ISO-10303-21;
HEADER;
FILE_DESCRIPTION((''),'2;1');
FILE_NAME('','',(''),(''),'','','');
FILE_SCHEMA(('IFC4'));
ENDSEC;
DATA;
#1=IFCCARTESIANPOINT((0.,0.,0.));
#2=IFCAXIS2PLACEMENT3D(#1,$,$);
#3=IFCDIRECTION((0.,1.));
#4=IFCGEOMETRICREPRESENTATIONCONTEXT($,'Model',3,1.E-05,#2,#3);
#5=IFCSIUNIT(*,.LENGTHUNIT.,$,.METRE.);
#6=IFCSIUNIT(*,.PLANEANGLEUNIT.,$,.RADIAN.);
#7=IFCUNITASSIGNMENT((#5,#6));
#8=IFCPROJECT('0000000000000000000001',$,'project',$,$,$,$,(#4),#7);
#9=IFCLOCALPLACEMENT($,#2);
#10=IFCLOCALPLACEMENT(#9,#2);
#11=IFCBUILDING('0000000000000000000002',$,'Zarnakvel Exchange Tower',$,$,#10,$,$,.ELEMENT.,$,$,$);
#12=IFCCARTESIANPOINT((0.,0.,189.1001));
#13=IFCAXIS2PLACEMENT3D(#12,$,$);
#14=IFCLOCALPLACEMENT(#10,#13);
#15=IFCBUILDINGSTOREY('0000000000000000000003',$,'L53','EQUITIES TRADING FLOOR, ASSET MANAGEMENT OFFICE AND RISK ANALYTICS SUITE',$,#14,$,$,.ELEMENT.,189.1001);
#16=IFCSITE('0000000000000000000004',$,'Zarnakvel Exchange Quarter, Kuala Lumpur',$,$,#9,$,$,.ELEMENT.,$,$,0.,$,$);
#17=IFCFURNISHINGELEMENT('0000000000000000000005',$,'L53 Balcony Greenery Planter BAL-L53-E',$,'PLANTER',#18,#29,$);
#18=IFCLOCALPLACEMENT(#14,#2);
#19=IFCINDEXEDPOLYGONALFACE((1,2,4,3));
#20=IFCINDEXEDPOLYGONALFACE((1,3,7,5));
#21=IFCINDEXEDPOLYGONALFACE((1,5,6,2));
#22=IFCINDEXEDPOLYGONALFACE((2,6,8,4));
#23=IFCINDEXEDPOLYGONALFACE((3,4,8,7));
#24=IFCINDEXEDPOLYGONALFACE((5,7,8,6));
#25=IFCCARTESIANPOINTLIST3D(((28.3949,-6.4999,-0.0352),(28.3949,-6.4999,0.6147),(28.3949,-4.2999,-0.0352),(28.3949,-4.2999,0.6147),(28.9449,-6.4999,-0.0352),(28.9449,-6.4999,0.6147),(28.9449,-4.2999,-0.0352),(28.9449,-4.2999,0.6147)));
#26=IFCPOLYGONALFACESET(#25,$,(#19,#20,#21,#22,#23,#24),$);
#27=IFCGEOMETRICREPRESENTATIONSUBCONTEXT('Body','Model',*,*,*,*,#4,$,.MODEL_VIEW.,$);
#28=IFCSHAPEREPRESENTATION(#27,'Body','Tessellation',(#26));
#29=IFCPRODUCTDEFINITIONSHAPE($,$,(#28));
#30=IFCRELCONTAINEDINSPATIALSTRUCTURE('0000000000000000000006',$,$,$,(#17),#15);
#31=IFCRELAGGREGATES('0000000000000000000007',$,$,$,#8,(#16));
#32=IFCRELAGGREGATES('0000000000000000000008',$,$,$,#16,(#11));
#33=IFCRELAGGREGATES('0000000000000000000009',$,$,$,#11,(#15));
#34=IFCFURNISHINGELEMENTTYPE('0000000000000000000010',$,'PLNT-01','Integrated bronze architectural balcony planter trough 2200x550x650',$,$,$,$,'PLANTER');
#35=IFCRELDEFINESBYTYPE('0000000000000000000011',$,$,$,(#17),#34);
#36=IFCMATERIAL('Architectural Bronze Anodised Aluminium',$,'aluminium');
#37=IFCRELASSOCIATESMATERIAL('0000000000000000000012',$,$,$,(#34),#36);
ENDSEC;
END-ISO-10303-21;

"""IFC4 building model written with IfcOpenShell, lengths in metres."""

from ifc_helpers import new_model, si_unit, direction, frame, origin, origin_2d, place, context, subcontext, project, spatial, rectangle, extrude, source, transform, mapped, material, type_object, element, save


model = new_model("IFC4")

# Units and contexts
model_context = context("Model", 3, precision=1e-05, world=origin(), true_north=direction((0.0, 1.0)))
body_context = subcontext(model_context, "Body", "Model", "MODEL_VIEW")
ifc_project = project(units=[si_unit("LENGTHUNIT", "METRE"), si_unit("PLANEANGLEUNIT", "RADIAN")], contexts=[model_context])

# Site, building, storey
site_placement = place(None, origin())
site = spatial("IfcSite", under=ifc_project, at=site_placement, Name="Zarnakvel Exchange Quarter, Kuala Lumpur", CompositionType="ELEMENT", RefElevation=0.0)
building_placement = place(site_placement, origin())
building = spatial("IfcBuilding", under=site, at=building_placement, Name="Zarnakvel Exchange Tower", CompositionType="ELEMENT")
storey_placement = place(building_placement, frame((0.0, 0.0, 189.1001)))
storey = spatial("IfcBuildingStorey", under=building, at=storey_placement, Name="L53", Description="EQUITIES TRADING FLOOR, ASSET MANAGEMENT OFFICE AND RISK ANALYTICS SUITE", CompositionType="ELEMENT", Elevation=189.1001)

# Shared definitions
ifc_material_1 = material(Name="Architectural Bronze Anodised Aluminium", Category="aluminium")

# Furnishing element
furnishing_element_type = type_object("IfcFurnishingElementType", Name="PLNT-01", Description="Integrated bronze architectural balcony planter trough 2200x550x650", ElementType="PLANTER", material=ifc_material_1)
shared_shape_1 = source(origin(), body_context, "Body", "SweptSolid", [
    extrude(rectangle(XDim=2.2, YDim=0.55, at=origin_2d()), origin(), (0.0, 0.0, 1.0), 0.6499),
])
furnishing_placement = place(storey_placement, frame((28.6699, -5.3999, -0.0352), z_axis=(0.0, 0.0, 1.0), x_axis=(0.0, 1.0, 0.0)))
element("IfcFurnishingElement", 1, at=furnishing_placement, inside=storey, type_object=furnishing_element_type, Name="L53 Balcony Greenery Planter BAL-L53-E", ObjectType="PLANTER", context=body_context, shape_type="MappedRepresentation", body=[
    mapped(shared_shape_1, transform((0.0, 0.0, 0.0), x_axis=(1.0, 0.0, 0.0), y_axis=(0.0, 1.0, 0.0), z_axis=(0.0, 0.0, 1.0), scale=1.0)),
])

save(model, "model.ifc")
